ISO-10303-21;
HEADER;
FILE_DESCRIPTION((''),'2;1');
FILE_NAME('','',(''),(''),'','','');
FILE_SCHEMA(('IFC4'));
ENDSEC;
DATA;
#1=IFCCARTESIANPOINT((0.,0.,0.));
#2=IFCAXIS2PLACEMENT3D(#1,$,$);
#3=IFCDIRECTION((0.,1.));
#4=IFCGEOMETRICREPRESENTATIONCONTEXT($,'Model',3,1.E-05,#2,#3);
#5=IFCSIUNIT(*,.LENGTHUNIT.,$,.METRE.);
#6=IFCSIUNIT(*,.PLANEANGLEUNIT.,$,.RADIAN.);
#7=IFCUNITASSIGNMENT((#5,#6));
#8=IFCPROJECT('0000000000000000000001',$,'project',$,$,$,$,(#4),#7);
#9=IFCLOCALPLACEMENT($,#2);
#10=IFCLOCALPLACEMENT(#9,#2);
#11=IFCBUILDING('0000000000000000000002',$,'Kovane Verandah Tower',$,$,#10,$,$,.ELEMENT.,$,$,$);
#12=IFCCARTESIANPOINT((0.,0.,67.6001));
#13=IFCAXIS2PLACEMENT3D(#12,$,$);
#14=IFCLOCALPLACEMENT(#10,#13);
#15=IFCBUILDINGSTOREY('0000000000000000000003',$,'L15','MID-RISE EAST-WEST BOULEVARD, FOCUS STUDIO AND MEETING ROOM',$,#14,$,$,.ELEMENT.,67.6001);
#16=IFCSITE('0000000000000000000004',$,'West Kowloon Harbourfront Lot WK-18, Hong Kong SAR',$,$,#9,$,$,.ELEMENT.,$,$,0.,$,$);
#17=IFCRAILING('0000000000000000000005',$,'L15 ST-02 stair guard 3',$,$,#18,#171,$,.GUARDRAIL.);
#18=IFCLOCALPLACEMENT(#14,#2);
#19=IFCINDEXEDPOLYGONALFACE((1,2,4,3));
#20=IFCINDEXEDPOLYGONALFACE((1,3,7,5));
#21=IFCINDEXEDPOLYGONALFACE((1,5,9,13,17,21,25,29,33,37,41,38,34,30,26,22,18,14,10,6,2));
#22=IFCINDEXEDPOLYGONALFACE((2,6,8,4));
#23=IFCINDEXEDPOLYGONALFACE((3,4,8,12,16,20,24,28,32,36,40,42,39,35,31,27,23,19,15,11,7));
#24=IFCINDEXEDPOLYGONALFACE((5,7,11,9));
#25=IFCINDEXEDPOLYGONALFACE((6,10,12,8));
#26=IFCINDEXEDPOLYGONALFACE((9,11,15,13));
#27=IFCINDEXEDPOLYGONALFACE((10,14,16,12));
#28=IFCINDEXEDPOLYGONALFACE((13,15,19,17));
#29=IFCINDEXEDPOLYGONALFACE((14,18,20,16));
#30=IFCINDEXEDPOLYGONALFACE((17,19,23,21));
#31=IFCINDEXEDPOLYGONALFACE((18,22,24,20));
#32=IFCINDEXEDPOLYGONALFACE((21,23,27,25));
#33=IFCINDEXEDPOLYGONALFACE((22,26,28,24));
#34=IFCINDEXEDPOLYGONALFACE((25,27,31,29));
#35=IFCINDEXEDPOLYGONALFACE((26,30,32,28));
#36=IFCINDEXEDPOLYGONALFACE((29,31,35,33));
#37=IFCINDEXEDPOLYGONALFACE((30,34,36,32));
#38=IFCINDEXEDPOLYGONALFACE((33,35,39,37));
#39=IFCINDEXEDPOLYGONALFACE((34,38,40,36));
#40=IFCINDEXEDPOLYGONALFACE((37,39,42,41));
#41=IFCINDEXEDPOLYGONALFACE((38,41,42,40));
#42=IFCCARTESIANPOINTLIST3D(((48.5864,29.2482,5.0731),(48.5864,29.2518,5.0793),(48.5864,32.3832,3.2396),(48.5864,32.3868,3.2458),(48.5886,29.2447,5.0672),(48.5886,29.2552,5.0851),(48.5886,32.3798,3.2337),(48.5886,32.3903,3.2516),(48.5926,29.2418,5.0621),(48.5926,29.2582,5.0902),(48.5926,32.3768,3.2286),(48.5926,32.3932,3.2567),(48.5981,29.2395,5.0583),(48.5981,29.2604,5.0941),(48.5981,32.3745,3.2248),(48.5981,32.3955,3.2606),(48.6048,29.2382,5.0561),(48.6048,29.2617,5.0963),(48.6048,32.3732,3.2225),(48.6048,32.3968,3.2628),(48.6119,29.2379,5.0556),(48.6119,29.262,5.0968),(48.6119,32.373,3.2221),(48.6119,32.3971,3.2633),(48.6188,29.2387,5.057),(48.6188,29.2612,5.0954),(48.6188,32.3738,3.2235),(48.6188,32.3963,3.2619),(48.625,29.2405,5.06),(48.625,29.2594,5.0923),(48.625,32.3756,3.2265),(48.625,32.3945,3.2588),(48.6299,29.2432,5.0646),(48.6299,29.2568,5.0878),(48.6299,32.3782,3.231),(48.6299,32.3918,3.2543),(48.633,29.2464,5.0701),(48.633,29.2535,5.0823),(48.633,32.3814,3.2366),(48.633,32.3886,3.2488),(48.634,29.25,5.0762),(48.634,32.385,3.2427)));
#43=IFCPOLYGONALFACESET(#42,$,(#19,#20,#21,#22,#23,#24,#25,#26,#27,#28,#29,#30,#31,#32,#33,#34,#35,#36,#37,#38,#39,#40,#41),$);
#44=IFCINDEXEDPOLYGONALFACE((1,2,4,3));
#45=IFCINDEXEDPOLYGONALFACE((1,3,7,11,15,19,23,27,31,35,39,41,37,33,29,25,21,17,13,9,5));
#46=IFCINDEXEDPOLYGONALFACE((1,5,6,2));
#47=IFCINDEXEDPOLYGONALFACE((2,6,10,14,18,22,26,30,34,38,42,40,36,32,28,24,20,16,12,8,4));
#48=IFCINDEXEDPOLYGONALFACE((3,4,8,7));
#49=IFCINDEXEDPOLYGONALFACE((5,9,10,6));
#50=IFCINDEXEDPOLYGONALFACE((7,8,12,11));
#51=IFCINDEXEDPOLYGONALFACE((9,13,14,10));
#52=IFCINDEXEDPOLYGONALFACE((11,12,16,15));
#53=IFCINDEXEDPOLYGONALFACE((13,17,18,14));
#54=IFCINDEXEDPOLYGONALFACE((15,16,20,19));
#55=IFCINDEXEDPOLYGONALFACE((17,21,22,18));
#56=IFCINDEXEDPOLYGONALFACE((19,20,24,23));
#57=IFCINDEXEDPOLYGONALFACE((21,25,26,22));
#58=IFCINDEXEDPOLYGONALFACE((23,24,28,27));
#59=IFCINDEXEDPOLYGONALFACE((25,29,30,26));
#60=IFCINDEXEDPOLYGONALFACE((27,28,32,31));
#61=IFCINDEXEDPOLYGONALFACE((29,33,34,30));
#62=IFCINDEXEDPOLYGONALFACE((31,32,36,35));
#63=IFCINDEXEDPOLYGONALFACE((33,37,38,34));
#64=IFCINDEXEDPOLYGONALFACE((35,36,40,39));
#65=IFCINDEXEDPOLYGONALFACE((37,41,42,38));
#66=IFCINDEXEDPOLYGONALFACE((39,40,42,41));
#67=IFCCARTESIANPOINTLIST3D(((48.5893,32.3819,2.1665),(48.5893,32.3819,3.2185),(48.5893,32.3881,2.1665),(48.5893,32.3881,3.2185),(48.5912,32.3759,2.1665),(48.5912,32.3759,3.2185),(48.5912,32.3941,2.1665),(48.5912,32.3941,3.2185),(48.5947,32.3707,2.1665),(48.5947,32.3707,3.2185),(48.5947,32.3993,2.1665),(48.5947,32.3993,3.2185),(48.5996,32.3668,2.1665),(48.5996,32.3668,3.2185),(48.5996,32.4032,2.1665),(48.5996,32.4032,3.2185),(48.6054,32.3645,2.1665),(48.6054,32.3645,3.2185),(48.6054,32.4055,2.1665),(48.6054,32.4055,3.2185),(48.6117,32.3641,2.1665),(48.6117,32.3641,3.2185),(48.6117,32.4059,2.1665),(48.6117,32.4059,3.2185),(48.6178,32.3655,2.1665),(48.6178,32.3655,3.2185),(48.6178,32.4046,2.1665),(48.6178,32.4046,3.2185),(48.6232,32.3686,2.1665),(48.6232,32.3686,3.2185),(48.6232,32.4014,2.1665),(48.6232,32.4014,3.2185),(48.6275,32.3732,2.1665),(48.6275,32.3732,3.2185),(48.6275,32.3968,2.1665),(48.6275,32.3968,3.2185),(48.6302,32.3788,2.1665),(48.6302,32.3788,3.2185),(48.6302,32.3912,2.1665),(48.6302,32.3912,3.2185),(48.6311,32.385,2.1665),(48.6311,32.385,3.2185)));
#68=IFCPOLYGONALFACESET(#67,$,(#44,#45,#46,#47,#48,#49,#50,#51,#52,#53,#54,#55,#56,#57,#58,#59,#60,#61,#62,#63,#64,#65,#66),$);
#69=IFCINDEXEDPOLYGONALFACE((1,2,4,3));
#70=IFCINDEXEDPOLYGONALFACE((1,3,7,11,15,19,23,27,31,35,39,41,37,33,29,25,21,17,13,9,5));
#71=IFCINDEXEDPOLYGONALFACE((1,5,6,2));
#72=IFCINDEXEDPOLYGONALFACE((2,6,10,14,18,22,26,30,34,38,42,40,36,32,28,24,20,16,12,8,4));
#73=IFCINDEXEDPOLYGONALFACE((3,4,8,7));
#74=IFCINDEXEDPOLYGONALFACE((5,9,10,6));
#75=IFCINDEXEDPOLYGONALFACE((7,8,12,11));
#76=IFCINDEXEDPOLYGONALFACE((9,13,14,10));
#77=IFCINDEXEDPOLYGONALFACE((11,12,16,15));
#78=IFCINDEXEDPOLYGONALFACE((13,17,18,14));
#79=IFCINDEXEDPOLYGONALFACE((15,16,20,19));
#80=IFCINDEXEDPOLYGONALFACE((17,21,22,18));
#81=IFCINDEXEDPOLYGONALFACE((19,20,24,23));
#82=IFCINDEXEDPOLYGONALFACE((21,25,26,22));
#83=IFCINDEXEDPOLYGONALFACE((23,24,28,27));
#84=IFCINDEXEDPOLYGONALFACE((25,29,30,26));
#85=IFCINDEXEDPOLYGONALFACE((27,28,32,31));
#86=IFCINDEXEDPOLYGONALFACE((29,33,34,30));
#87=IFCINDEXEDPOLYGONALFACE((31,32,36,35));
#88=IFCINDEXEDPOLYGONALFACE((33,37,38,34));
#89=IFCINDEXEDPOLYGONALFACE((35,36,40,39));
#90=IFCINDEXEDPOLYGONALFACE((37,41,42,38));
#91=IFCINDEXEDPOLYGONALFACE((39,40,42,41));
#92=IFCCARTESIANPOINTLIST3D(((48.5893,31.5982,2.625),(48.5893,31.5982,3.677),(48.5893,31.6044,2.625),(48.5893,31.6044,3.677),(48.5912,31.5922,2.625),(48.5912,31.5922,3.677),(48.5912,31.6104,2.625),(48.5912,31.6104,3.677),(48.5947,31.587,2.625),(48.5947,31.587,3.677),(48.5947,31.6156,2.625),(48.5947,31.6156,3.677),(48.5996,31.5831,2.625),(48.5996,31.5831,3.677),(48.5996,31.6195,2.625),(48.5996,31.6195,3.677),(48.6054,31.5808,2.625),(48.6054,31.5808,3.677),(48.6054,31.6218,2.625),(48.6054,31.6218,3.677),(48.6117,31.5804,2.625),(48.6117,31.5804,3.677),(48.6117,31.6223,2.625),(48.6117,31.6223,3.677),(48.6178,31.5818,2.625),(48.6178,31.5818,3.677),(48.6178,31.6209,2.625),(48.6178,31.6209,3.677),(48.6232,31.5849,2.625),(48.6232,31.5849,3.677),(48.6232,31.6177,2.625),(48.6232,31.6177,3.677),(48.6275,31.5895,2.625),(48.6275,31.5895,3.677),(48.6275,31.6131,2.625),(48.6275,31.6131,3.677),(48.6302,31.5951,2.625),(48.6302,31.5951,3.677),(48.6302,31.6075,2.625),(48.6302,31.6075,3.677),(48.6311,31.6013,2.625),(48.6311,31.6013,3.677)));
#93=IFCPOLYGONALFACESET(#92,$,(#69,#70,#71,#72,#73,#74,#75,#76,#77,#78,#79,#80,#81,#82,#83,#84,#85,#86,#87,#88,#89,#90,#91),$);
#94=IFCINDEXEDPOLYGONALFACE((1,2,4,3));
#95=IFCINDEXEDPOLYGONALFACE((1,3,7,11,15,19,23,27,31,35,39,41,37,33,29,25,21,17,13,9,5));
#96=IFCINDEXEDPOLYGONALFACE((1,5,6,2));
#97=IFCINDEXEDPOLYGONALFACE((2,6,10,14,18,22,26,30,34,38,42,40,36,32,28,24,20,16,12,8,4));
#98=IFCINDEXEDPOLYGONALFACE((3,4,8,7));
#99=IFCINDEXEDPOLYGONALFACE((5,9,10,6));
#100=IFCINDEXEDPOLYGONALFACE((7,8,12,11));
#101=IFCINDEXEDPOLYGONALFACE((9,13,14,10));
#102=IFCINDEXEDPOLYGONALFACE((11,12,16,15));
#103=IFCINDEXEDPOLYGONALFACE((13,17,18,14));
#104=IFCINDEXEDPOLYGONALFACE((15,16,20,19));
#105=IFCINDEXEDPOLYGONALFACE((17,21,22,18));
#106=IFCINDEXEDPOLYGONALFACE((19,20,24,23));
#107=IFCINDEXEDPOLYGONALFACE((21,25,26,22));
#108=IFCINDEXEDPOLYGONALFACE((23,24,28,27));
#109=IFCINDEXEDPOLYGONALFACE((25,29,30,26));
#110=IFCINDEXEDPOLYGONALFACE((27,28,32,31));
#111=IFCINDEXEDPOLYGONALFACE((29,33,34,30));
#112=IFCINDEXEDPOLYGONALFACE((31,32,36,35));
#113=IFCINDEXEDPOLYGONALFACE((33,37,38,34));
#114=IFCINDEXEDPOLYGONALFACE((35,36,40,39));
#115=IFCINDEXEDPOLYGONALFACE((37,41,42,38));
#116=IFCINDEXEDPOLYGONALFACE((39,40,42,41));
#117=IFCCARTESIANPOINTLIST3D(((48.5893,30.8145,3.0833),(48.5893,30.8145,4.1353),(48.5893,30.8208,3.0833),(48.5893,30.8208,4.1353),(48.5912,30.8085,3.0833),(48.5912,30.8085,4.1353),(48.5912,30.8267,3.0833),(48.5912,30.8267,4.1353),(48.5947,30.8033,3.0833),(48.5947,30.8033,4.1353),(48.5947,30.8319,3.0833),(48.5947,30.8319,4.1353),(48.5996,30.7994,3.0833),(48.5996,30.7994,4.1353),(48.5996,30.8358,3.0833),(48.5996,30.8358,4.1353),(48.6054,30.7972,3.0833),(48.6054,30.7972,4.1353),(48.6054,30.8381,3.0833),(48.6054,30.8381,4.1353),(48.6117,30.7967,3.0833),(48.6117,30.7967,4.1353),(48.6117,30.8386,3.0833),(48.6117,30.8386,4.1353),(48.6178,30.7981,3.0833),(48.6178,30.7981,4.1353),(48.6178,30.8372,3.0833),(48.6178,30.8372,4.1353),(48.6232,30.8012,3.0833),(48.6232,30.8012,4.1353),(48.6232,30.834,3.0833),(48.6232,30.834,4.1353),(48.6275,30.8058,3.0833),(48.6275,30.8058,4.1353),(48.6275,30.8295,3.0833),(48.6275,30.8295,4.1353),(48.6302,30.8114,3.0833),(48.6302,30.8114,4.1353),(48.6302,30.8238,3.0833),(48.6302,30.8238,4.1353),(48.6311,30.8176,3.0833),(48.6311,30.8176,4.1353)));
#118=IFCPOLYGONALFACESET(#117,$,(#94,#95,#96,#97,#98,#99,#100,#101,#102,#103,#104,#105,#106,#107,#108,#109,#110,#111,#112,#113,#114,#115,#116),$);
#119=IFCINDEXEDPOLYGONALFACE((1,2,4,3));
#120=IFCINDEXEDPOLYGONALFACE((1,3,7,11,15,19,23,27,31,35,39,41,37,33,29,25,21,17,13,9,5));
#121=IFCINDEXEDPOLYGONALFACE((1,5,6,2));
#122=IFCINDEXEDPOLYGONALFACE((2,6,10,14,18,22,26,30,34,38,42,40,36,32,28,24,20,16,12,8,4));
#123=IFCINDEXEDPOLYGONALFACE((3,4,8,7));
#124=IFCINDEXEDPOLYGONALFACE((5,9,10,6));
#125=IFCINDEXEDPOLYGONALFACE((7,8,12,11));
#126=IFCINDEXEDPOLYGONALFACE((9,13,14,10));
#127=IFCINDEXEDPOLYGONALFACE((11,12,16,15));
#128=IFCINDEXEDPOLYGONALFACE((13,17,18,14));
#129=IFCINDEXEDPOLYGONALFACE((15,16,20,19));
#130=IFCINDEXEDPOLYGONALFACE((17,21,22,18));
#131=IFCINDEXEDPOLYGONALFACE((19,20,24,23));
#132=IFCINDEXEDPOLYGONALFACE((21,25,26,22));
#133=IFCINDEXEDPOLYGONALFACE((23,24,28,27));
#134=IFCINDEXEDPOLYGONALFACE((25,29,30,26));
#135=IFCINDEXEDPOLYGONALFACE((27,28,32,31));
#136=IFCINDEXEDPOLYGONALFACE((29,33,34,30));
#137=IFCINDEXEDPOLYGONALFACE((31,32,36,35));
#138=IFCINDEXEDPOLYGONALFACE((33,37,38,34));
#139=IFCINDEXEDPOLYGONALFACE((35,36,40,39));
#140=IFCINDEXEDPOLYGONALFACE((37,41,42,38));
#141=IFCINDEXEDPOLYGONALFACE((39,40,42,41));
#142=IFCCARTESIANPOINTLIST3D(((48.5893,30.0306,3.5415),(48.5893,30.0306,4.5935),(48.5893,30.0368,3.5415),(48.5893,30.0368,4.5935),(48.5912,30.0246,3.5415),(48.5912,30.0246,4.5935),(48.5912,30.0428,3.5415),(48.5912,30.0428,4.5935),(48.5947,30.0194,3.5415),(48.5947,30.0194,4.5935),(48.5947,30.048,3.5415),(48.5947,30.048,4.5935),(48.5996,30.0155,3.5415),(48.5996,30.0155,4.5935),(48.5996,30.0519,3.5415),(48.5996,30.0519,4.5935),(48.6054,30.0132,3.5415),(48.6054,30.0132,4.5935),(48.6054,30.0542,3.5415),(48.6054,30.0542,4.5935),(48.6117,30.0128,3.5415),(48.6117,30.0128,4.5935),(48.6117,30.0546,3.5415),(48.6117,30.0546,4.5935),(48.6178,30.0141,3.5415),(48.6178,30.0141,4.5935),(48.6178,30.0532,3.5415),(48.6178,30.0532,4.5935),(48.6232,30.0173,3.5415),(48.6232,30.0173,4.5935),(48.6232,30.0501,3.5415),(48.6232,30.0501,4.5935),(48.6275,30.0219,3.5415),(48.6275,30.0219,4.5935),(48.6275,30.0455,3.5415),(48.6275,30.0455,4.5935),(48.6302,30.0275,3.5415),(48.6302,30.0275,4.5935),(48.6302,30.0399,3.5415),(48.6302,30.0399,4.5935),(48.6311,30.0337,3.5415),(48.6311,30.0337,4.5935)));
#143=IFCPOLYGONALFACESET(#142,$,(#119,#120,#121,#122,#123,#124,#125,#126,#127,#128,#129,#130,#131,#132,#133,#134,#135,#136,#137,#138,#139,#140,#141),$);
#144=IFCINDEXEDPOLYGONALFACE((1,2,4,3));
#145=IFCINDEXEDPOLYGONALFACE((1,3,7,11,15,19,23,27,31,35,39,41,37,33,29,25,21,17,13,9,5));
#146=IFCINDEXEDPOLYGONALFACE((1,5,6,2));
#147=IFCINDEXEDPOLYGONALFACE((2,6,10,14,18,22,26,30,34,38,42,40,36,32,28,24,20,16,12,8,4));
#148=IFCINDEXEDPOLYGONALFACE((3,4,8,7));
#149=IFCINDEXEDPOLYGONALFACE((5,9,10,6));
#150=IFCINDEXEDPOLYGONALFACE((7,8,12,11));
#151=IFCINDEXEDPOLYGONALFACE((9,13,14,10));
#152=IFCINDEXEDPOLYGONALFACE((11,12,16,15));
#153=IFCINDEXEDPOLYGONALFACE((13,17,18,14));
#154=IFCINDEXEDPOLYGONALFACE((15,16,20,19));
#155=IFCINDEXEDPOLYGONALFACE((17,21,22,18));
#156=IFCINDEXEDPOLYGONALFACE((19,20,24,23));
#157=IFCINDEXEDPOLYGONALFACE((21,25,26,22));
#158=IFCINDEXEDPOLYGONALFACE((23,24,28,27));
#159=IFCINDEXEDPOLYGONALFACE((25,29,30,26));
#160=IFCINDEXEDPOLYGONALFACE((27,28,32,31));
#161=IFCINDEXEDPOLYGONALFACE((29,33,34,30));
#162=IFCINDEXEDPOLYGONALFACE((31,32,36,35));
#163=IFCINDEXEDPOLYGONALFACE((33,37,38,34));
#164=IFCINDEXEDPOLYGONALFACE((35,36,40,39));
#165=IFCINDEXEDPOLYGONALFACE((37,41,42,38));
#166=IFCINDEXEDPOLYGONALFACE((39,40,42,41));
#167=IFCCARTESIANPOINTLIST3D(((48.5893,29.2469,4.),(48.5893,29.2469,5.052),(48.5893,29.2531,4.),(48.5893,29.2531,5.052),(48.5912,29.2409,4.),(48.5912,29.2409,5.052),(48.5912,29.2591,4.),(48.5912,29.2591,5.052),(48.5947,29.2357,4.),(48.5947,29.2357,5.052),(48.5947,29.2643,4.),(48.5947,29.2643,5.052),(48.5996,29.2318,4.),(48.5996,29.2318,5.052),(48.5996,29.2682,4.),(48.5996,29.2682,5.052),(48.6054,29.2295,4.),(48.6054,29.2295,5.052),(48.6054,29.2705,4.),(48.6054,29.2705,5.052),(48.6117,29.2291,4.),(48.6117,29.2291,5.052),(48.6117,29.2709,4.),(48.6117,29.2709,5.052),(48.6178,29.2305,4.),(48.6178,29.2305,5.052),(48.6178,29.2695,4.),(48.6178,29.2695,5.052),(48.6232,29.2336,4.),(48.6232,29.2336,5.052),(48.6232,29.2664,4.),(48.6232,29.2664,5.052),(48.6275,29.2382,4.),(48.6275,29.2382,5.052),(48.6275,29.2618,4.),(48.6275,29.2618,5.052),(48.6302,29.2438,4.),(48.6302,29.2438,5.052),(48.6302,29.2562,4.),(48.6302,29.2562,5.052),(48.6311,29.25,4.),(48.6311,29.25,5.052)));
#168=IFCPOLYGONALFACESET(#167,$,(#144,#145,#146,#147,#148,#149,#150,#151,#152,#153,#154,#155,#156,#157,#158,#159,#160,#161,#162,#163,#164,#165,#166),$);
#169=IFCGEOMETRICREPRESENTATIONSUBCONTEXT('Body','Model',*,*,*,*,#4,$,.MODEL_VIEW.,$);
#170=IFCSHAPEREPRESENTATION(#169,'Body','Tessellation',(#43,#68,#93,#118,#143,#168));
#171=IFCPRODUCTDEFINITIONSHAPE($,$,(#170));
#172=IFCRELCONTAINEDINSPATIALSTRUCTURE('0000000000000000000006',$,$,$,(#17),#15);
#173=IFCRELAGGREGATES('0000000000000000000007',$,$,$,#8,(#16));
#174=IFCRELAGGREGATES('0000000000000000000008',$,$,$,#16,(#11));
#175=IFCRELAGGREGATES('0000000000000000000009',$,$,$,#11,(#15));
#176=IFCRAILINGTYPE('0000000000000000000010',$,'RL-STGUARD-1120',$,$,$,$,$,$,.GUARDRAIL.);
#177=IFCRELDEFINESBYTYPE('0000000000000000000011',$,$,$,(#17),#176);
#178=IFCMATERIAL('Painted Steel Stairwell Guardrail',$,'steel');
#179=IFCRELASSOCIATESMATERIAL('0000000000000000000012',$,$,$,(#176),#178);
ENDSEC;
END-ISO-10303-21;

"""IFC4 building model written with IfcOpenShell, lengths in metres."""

from ifc_helpers import new_model, si_unit, direction, frame, origin, origin_2d, place, context, subcontext, project, spatial, circle, extrude, material, type_object, element, save


model = new_model("IFC4")

# Units and contexts
model_context = context("Model", 3, precision=1e-05, world=origin(), true_north=direction((0.0, 1.0)))
body_context = subcontext(model_context, "Body", "Model", "MODEL_VIEW")
ifc_project = project(units=[si_unit("LENGTHUNIT", "METRE"), si_unit("PLANEANGLEUNIT", "RADIAN")], contexts=[model_context])

# Site, building, storey
site_placement = place(None, origin())
site = spatial("IfcSite", under=ifc_project, at=site_placement, Name="West Kowloon Harbourfront Lot WK-18, Hong Kong SAR", CompositionType="ELEMENT", RefElevation=0.0)
building_placement = place(site_placement, origin())
building = spatial("IfcBuilding", under=site, at=building_placement, Name="Kovane Verandah Tower", CompositionType="ELEMENT")
storey_placement = place(building_placement, frame((0.0, 0.0, 67.6001)))
storey = spatial("IfcBuildingStorey", under=building, at=storey_placement, Name="L15", Description="MID-RISE EAST-WEST BOULEVARD, FOCUS STUDIO AND MEETING ROOM", CompositionType="ELEMENT", Elevation=67.6001)

# Railing
ifc_material_1 = material(Name="Painted Steel Stairwell Guardrail", Category="steel")
railing_type_1 = type_object("IfcRailingType", Name="RL-STGUARD-1120", PredefinedType="GUARDRAIL", material=ifc_material_1)
railing_1_placement = place(storey_placement, frame((48.6101, 32.385, 2.1665)))
element("IfcRailing", 1, at=railing_1_placement, inside=storey, type_object=railing_type_1, Name="L15 ST-02 stair guard 3", PredefinedType="GUARDRAIL", context=body_context, shape_type="SweptSolid", body=[
    extrude(circle(Radius=0.0239, at=origin_2d()), frame((0.0, 0.0, 1.0762), z_axis=(0.0, -0.86321, 0.504845), x_axis=(1.0, 0.0, 0.0)), (0.0, 0.0, 1.0), 3.6318),
    extrude(circle(Radius=0.021, at=origin_2d()), origin(), (0.0, 0.0, 1.0), 1.052),
    extrude(circle(Radius=0.021, at=origin_2d()), frame((0.0, -0.7837, 0.4585)), (0.0, 0.0, 1.0), 1.052),
    extrude(circle(Radius=0.021, at=origin_2d()), frame((0.0, -1.5674, 0.9167)), (0.0, 0.0, 1.0), 1.052),
    extrude(circle(Radius=0.021, at=origin_2d()), frame((0.0, -2.3513, 1.375)), (0.0, 0.0, 1.0), 1.052),
    extrude(circle(Radius=0.021, at=origin_2d()), frame((0.0, -3.135, 1.8335)), (0.0, 0.0, 1.0), 1.052),
])

save(model, "model.ifc")
